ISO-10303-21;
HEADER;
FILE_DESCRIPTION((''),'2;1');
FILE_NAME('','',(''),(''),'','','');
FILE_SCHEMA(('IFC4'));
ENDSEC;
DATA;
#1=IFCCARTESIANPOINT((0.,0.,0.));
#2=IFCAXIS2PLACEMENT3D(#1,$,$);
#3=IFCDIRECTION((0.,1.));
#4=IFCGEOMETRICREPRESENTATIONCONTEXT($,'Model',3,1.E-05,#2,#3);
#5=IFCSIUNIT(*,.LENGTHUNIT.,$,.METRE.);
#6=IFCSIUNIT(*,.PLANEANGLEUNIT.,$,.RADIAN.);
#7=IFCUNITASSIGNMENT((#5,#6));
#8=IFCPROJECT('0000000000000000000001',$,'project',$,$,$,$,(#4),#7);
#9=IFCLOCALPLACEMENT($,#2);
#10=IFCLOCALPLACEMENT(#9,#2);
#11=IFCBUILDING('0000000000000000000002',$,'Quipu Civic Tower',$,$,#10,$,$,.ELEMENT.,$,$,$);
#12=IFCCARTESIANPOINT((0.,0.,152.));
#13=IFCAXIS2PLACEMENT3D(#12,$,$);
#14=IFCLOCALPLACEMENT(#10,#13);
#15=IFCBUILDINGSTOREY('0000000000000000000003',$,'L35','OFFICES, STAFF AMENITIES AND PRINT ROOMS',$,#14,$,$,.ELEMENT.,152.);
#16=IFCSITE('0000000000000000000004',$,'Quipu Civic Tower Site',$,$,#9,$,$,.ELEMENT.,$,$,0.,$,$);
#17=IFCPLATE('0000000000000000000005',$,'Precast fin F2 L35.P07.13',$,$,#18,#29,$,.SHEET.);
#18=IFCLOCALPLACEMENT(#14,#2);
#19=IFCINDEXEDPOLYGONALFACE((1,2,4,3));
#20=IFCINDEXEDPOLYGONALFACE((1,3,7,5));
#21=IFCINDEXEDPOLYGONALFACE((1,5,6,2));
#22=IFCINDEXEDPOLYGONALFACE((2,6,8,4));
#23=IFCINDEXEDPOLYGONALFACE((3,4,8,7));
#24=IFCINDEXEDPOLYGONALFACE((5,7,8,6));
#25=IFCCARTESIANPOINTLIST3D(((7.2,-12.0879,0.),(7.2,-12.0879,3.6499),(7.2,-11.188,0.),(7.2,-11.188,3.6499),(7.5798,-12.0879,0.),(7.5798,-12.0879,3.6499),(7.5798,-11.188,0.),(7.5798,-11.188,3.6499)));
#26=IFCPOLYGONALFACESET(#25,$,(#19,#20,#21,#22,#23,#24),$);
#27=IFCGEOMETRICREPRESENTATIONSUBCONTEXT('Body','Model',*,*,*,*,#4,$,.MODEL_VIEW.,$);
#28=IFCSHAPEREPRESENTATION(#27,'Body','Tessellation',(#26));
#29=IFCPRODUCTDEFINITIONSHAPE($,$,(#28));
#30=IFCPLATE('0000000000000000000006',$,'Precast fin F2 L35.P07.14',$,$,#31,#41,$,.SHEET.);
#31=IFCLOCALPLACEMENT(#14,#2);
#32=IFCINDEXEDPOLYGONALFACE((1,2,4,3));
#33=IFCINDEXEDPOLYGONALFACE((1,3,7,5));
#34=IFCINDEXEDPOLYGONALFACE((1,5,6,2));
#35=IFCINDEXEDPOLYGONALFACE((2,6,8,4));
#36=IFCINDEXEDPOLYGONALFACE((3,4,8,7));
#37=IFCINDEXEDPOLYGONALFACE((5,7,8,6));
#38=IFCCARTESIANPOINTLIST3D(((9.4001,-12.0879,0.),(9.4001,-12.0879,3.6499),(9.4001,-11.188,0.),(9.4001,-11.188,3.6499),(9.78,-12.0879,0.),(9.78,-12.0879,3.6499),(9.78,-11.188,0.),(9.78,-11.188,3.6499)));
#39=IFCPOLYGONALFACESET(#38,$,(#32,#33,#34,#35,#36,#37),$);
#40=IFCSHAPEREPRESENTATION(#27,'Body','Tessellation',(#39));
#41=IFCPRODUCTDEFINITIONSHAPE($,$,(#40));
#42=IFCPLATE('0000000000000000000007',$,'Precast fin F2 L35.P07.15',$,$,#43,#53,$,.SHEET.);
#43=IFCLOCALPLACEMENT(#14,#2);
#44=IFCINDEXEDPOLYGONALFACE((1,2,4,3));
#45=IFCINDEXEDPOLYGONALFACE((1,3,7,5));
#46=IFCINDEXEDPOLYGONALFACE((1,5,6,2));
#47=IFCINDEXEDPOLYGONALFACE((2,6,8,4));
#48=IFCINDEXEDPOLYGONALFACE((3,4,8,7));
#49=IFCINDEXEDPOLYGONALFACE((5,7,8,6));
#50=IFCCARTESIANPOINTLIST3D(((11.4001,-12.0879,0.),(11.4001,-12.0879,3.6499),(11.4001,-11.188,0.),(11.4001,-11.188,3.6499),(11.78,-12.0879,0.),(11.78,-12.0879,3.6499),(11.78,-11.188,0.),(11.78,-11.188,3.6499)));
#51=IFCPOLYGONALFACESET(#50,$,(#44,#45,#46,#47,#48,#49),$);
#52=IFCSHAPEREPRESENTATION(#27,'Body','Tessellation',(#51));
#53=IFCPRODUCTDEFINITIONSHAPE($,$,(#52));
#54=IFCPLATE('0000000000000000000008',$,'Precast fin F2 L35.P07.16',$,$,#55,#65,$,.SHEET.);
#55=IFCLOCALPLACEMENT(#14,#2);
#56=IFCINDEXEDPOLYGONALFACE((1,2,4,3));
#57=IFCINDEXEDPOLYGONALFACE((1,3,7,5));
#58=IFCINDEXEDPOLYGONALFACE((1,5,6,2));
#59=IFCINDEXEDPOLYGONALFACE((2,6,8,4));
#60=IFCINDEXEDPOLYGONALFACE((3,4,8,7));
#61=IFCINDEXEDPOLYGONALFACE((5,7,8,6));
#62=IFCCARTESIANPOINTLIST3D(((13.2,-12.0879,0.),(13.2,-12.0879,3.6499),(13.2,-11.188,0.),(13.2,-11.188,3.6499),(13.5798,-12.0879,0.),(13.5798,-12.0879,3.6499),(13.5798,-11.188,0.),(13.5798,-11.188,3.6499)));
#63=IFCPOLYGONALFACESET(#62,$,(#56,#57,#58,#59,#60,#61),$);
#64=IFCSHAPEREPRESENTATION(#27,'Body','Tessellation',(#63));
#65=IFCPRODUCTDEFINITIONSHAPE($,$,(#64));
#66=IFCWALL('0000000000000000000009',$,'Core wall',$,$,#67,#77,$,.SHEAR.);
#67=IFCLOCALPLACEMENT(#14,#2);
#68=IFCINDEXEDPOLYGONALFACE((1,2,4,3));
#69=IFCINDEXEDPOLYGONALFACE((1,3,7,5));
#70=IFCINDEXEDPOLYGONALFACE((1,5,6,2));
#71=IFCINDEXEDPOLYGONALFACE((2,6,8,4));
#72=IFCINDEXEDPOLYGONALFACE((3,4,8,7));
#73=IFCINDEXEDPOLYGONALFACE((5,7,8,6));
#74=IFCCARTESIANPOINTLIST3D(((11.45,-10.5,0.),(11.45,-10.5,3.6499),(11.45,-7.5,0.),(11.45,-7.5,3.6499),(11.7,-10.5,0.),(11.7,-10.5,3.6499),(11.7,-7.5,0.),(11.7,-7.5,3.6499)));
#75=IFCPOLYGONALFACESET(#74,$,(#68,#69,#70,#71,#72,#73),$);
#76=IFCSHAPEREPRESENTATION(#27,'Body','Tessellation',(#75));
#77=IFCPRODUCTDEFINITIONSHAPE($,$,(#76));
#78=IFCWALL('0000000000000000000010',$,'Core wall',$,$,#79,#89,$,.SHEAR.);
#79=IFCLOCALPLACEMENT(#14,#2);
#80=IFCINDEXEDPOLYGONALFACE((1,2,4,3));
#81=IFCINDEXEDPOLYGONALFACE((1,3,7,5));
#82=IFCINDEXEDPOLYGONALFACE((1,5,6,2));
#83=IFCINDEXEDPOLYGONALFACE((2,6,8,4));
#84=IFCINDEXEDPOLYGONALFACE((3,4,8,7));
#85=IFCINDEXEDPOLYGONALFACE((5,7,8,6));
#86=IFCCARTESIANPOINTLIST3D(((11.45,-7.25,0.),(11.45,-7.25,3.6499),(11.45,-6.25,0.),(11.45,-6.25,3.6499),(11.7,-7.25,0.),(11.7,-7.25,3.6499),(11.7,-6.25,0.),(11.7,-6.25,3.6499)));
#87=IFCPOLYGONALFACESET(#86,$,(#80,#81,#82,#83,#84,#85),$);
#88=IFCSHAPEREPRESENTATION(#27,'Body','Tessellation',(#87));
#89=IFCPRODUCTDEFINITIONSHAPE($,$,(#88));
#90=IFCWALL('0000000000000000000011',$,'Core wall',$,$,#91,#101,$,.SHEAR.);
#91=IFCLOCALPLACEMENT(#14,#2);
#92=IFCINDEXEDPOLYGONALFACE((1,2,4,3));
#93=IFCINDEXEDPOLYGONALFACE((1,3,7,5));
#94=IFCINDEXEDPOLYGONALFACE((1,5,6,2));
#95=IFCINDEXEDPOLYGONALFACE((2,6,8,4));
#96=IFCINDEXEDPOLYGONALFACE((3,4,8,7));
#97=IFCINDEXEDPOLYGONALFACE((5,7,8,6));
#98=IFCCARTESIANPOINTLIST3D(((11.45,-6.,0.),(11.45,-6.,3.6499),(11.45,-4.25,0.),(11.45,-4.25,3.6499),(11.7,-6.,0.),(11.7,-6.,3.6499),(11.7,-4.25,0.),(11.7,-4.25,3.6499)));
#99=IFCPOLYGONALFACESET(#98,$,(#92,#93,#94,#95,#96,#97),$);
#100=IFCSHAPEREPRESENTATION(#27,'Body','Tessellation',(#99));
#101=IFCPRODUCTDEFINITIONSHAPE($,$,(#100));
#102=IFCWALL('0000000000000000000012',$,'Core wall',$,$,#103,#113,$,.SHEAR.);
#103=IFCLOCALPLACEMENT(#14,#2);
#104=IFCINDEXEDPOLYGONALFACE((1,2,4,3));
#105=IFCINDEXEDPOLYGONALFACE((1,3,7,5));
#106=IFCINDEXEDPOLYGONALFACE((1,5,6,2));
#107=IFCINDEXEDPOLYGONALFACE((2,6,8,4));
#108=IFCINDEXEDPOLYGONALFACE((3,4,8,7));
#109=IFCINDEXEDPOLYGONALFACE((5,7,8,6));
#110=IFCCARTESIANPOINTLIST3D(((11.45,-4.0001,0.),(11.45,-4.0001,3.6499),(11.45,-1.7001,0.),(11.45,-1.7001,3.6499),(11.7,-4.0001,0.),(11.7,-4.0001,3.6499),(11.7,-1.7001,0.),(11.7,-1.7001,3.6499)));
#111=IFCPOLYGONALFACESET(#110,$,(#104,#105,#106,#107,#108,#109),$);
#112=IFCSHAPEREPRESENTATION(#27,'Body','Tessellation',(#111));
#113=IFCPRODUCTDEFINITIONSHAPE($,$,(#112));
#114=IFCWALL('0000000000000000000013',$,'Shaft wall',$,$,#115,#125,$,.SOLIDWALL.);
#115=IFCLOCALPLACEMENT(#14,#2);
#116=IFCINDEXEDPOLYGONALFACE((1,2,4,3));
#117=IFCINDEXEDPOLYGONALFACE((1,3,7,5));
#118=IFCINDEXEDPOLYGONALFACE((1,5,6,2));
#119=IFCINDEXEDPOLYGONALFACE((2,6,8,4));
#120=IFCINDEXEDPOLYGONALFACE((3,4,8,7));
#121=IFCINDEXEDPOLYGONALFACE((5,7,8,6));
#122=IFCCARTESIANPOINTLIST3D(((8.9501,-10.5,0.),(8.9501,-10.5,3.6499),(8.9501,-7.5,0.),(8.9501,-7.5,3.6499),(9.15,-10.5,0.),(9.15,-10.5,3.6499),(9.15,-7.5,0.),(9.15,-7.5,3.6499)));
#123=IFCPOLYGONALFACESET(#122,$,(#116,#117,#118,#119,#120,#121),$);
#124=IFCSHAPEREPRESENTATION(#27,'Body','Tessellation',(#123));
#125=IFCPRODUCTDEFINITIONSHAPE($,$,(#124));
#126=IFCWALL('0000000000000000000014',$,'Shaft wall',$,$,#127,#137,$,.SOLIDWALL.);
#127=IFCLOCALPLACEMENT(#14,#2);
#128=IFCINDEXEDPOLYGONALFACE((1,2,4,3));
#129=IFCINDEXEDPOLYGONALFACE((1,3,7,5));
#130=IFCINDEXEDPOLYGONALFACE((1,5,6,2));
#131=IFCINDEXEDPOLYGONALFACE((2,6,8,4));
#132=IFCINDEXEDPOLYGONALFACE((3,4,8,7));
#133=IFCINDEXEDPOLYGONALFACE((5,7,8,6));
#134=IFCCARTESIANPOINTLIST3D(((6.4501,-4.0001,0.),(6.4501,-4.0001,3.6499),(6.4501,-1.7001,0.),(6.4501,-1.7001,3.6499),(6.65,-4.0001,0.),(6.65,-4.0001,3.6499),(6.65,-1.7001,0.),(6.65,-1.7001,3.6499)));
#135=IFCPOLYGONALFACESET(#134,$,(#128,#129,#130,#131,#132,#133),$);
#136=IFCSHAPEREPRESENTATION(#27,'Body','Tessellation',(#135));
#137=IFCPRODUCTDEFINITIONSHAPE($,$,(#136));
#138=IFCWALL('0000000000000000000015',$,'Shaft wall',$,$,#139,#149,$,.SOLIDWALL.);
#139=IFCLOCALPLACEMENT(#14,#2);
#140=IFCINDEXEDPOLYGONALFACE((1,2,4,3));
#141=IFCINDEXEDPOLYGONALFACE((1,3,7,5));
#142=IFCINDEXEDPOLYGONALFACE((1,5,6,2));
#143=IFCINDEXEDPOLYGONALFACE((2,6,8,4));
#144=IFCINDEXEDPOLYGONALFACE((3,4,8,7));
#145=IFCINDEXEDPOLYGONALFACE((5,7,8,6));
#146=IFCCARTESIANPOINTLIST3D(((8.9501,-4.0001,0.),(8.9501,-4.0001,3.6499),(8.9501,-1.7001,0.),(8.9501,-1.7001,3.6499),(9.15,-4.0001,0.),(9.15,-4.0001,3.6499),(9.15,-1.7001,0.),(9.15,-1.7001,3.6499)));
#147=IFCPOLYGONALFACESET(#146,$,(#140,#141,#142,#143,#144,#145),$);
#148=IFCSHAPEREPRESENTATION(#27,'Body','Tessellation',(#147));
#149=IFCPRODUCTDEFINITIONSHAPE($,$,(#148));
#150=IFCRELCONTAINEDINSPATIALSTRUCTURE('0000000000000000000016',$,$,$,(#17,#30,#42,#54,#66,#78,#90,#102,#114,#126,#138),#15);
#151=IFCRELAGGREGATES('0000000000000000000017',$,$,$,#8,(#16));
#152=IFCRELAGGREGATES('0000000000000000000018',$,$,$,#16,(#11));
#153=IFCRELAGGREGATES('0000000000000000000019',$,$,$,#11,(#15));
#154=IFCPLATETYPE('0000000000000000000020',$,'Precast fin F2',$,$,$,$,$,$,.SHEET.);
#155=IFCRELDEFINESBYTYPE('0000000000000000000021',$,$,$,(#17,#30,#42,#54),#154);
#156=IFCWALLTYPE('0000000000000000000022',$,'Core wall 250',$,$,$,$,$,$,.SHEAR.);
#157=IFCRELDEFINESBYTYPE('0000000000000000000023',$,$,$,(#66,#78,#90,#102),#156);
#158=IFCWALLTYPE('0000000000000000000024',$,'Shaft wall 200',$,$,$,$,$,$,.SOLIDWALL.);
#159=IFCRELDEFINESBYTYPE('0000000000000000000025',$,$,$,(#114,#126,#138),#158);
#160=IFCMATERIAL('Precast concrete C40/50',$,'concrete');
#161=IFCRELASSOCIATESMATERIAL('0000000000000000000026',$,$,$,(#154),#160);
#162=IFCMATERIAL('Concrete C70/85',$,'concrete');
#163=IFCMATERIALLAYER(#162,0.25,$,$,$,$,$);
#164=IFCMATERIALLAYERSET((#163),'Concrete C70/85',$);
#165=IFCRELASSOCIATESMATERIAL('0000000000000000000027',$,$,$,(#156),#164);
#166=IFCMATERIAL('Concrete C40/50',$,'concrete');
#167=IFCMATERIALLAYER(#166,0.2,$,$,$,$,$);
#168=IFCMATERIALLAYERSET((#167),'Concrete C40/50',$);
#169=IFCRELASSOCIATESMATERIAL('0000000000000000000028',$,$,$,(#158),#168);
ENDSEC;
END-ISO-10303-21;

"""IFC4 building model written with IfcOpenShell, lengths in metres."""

from ifc_helpers import new_model, si_unit, direction, frame, frame_2d, origin, origin_2d, place, context, subcontext, project, spatial, rectangle, extrude, material, layer, layer_set, type_object, element, save


model = new_model("IFC4")

# Units and contexts
model_context = context("Model", 3, precision=1e-05, world=origin(), true_north=direction((0.0, 1.0)))
body_context = subcontext(model_context, "Body", "Model", "MODEL_VIEW")
ifc_project = project(units=[si_unit("LENGTHUNIT", "METRE"), si_unit("PLANEANGLEUNIT", "RADIAN")], contexts=[model_context])

# Site, building, storey
site_placement = place(None, origin())
site = spatial("IfcSite", under=ifc_project, at=site_placement, Name="Quipu Civic Tower Site", CompositionType="ELEMENT", RefElevation=0.0)
building_placement = place(site_placement, origin())
building = spatial("IfcBuilding", under=site, at=building_placement, Name="Quipu Civic Tower", CompositionType="ELEMENT")
storey_placement = place(building_placement, frame((0.0, 0.0, 152.0)))
storey = spatial("IfcBuildingStorey", under=building, at=storey_placement, Name="L35", Description="OFFICES, STAFF AMENITIES AND PRINT ROOMS", CompositionType="ELEMENT", Elevation=152.0)

# Plates
ifc_material_1 = material(Name="Precast concrete C40/50", Category="concrete")
plate_type = type_object("IfcPlateType", Name="Precast fin F2", PredefinedType="SHEET", material=ifc_material_1)
for number, where, z_axis, x_axis, name in (
    (1, (7.3899, -11.6379, 0.0), (0.0, 0.0, 1.0), (1.0, 0.0, 0.0), "Precast fin F2 L35.P07.13"),
    (2, (9.5901, -11.6379, 0.0), (0.0, 0.0, 1.0), (1.0, 0.0, 0.0), "Precast fin F2 L35.P07.14"),
    (3, (11.5901, -11.6379, 0.0), (0.0, 0.0, 1.0), (1.0, 0.0, 0.0), "Precast fin F2 L35.P07.15"),
    (4, (13.3899, -11.6379, 0.0), (0.0, 0.0, 1.0), (1.0, 0.0, 0.0), "Precast fin F2 L35.P07.16"),
):
    element("IfcPlate", number, at=place(storey_placement, frame(where, z_axis=z_axis, x_axis=x_axis)), inside=storey, type_object=plate_type, Name=name, PredefinedType="SHEET", context=body_context, shape_type="SweptSolid", body=[
        extrude(rectangle(XDim=0.3799, YDim=0.8999, at=origin_2d()), origin(), (0.0, 0.0, 1.0), 3.6499),
    ])

# Wall
ifc_material_2 = material(Name="Concrete C70/85", Category="concrete")
ifc_layer_1 = layer(ifc_material_2, 0.25)
ifc_layer_set_1 = layer_set([ifc_layer_1], Name="Concrete C70/85")
wall_type_1 = type_object("IfcWallType", Name="Core wall 250", PredefinedType="SHEAR", material=ifc_layer_set_1)
wall_1_placement = place(storey_placement, frame((11.575, -10.5, 0.0), z_axis=(0.0, 0.0, 1.0), x_axis=(0.0, 1.0, 0.0)))
element("IfcWall", 5, at=wall_1_placement, inside=storey, type_object=wall_type_1, Name="Core wall", PredefinedType="SHEAR", context=body_context, shape_type="SweptSolid", body=[
    extrude(rectangle(XDim=3.0, YDim=0.25, at=frame_2d((1.5, 0.0))), origin(), (0.0, 0.0, 1.0), 3.6499),
])

# Walls
wall_2_placement = place(storey_placement, frame((11.575, -7.25, 0.0), z_axis=(0.0, 0.0, 1.0), x_axis=(0.0, 1.0, 0.0)))
element("IfcWall", 6, at=wall_2_placement, inside=storey, type_object=wall_type_1, Name="Core wall", PredefinedType="SHEAR", context=body_context, shape_type="SweptSolid", body=[
    extrude(rectangle(XDim=1.0, YDim=0.25, at=frame_2d((0.5, 0.0))), origin(), (0.0, 0.0, 1.0), 3.6499),
])
wall_3_placement = place(storey_placement, frame((11.575, -6.0, 0.0), z_axis=(0.0, 0.0, 1.0), x_axis=(0.0, 1.0, 0.0)))
element("IfcWall", 7, at=wall_3_placement, inside=storey, type_object=wall_type_1, Name="Core wall", PredefinedType="SHEAR", context=body_context, shape_type="SweptSolid", body=[
    extrude(rectangle(XDim=1.75, YDim=0.25, at=frame_2d((0.875, 0.0))), origin(), (0.0, 0.0, 1.0), 3.6499),
])
wall_4_placement = place(storey_placement, frame((11.575, -4.0, 0.0), z_axis=(0.0, 0.0, 1.0), x_axis=(0.0, 1.0, 0.0)))
element("IfcWall", 8, at=wall_4_placement, inside=storey, type_object=wall_type_1, Name="Core wall", PredefinedType="SHEAR", context=body_context, shape_type="SweptSolid", body=[
    extrude(rectangle(XDim=2.3, YDim=0.25, at=frame_2d((1.1499, 0.0))), origin(), (0.0, 0.0, 1.0), 3.6499),
])
ifc_material_3 = material(Name="Concrete C40/50", Category="concrete")
ifc_layer_2 = layer(ifc_material_3, 0.2)
ifc_layer_set_2 = layer_set([ifc_layer_2], Name="Concrete C40/50")
wall_type_2 = type_object("IfcWallType", Name="Shaft wall 200", PredefinedType="SOLIDWALL", material=ifc_layer_set_2)
wall_5_placement = place(storey_placement, frame((9.05, -10.5, 0.0), z_axis=(0.0, 0.0, 1.0), x_axis=(0.0, 1.0, 0.0)))
element("IfcWall", 9, at=wall_5_placement, inside=storey, type_object=wall_type_2, Name="Shaft wall", PredefinedType="SOLIDWALL", context=body_context, shape_type="SweptSolid", body=[
    extrude(rectangle(XDim=3.0, YDim=0.2, at=frame_2d((1.5, 0.0))), origin(), (0.0, 0.0, 1.0), 3.6499),
])
for number, where, z_axis, x_axis, name in (
    (10, (6.55, -4.0, 0.0), (0.0, 0.0, 1.0), (0.0, 1.0, 0.0), "Shaft wall"),
    (11, (9.05, -4.0, 0.0), (0.0, 0.0, 1.0), (0.0, 1.0, 0.0), "Shaft wall"),
):
    element("IfcWall", number, at=place(storey_placement, frame(where, z_axis=z_axis, x_axis=x_axis)), inside=storey, type_object=wall_type_2, Name=name, PredefinedType="SOLIDWALL", context=body_context, shape_type="SweptSolid", body=[
        extrude(rectangle(XDim=2.3, YDim=0.2, at=frame_2d((1.1499, 0.0))), origin(), (0.0, 0.0, 1.0), 3.6499),
    ])

save(model, "model.ifc")
